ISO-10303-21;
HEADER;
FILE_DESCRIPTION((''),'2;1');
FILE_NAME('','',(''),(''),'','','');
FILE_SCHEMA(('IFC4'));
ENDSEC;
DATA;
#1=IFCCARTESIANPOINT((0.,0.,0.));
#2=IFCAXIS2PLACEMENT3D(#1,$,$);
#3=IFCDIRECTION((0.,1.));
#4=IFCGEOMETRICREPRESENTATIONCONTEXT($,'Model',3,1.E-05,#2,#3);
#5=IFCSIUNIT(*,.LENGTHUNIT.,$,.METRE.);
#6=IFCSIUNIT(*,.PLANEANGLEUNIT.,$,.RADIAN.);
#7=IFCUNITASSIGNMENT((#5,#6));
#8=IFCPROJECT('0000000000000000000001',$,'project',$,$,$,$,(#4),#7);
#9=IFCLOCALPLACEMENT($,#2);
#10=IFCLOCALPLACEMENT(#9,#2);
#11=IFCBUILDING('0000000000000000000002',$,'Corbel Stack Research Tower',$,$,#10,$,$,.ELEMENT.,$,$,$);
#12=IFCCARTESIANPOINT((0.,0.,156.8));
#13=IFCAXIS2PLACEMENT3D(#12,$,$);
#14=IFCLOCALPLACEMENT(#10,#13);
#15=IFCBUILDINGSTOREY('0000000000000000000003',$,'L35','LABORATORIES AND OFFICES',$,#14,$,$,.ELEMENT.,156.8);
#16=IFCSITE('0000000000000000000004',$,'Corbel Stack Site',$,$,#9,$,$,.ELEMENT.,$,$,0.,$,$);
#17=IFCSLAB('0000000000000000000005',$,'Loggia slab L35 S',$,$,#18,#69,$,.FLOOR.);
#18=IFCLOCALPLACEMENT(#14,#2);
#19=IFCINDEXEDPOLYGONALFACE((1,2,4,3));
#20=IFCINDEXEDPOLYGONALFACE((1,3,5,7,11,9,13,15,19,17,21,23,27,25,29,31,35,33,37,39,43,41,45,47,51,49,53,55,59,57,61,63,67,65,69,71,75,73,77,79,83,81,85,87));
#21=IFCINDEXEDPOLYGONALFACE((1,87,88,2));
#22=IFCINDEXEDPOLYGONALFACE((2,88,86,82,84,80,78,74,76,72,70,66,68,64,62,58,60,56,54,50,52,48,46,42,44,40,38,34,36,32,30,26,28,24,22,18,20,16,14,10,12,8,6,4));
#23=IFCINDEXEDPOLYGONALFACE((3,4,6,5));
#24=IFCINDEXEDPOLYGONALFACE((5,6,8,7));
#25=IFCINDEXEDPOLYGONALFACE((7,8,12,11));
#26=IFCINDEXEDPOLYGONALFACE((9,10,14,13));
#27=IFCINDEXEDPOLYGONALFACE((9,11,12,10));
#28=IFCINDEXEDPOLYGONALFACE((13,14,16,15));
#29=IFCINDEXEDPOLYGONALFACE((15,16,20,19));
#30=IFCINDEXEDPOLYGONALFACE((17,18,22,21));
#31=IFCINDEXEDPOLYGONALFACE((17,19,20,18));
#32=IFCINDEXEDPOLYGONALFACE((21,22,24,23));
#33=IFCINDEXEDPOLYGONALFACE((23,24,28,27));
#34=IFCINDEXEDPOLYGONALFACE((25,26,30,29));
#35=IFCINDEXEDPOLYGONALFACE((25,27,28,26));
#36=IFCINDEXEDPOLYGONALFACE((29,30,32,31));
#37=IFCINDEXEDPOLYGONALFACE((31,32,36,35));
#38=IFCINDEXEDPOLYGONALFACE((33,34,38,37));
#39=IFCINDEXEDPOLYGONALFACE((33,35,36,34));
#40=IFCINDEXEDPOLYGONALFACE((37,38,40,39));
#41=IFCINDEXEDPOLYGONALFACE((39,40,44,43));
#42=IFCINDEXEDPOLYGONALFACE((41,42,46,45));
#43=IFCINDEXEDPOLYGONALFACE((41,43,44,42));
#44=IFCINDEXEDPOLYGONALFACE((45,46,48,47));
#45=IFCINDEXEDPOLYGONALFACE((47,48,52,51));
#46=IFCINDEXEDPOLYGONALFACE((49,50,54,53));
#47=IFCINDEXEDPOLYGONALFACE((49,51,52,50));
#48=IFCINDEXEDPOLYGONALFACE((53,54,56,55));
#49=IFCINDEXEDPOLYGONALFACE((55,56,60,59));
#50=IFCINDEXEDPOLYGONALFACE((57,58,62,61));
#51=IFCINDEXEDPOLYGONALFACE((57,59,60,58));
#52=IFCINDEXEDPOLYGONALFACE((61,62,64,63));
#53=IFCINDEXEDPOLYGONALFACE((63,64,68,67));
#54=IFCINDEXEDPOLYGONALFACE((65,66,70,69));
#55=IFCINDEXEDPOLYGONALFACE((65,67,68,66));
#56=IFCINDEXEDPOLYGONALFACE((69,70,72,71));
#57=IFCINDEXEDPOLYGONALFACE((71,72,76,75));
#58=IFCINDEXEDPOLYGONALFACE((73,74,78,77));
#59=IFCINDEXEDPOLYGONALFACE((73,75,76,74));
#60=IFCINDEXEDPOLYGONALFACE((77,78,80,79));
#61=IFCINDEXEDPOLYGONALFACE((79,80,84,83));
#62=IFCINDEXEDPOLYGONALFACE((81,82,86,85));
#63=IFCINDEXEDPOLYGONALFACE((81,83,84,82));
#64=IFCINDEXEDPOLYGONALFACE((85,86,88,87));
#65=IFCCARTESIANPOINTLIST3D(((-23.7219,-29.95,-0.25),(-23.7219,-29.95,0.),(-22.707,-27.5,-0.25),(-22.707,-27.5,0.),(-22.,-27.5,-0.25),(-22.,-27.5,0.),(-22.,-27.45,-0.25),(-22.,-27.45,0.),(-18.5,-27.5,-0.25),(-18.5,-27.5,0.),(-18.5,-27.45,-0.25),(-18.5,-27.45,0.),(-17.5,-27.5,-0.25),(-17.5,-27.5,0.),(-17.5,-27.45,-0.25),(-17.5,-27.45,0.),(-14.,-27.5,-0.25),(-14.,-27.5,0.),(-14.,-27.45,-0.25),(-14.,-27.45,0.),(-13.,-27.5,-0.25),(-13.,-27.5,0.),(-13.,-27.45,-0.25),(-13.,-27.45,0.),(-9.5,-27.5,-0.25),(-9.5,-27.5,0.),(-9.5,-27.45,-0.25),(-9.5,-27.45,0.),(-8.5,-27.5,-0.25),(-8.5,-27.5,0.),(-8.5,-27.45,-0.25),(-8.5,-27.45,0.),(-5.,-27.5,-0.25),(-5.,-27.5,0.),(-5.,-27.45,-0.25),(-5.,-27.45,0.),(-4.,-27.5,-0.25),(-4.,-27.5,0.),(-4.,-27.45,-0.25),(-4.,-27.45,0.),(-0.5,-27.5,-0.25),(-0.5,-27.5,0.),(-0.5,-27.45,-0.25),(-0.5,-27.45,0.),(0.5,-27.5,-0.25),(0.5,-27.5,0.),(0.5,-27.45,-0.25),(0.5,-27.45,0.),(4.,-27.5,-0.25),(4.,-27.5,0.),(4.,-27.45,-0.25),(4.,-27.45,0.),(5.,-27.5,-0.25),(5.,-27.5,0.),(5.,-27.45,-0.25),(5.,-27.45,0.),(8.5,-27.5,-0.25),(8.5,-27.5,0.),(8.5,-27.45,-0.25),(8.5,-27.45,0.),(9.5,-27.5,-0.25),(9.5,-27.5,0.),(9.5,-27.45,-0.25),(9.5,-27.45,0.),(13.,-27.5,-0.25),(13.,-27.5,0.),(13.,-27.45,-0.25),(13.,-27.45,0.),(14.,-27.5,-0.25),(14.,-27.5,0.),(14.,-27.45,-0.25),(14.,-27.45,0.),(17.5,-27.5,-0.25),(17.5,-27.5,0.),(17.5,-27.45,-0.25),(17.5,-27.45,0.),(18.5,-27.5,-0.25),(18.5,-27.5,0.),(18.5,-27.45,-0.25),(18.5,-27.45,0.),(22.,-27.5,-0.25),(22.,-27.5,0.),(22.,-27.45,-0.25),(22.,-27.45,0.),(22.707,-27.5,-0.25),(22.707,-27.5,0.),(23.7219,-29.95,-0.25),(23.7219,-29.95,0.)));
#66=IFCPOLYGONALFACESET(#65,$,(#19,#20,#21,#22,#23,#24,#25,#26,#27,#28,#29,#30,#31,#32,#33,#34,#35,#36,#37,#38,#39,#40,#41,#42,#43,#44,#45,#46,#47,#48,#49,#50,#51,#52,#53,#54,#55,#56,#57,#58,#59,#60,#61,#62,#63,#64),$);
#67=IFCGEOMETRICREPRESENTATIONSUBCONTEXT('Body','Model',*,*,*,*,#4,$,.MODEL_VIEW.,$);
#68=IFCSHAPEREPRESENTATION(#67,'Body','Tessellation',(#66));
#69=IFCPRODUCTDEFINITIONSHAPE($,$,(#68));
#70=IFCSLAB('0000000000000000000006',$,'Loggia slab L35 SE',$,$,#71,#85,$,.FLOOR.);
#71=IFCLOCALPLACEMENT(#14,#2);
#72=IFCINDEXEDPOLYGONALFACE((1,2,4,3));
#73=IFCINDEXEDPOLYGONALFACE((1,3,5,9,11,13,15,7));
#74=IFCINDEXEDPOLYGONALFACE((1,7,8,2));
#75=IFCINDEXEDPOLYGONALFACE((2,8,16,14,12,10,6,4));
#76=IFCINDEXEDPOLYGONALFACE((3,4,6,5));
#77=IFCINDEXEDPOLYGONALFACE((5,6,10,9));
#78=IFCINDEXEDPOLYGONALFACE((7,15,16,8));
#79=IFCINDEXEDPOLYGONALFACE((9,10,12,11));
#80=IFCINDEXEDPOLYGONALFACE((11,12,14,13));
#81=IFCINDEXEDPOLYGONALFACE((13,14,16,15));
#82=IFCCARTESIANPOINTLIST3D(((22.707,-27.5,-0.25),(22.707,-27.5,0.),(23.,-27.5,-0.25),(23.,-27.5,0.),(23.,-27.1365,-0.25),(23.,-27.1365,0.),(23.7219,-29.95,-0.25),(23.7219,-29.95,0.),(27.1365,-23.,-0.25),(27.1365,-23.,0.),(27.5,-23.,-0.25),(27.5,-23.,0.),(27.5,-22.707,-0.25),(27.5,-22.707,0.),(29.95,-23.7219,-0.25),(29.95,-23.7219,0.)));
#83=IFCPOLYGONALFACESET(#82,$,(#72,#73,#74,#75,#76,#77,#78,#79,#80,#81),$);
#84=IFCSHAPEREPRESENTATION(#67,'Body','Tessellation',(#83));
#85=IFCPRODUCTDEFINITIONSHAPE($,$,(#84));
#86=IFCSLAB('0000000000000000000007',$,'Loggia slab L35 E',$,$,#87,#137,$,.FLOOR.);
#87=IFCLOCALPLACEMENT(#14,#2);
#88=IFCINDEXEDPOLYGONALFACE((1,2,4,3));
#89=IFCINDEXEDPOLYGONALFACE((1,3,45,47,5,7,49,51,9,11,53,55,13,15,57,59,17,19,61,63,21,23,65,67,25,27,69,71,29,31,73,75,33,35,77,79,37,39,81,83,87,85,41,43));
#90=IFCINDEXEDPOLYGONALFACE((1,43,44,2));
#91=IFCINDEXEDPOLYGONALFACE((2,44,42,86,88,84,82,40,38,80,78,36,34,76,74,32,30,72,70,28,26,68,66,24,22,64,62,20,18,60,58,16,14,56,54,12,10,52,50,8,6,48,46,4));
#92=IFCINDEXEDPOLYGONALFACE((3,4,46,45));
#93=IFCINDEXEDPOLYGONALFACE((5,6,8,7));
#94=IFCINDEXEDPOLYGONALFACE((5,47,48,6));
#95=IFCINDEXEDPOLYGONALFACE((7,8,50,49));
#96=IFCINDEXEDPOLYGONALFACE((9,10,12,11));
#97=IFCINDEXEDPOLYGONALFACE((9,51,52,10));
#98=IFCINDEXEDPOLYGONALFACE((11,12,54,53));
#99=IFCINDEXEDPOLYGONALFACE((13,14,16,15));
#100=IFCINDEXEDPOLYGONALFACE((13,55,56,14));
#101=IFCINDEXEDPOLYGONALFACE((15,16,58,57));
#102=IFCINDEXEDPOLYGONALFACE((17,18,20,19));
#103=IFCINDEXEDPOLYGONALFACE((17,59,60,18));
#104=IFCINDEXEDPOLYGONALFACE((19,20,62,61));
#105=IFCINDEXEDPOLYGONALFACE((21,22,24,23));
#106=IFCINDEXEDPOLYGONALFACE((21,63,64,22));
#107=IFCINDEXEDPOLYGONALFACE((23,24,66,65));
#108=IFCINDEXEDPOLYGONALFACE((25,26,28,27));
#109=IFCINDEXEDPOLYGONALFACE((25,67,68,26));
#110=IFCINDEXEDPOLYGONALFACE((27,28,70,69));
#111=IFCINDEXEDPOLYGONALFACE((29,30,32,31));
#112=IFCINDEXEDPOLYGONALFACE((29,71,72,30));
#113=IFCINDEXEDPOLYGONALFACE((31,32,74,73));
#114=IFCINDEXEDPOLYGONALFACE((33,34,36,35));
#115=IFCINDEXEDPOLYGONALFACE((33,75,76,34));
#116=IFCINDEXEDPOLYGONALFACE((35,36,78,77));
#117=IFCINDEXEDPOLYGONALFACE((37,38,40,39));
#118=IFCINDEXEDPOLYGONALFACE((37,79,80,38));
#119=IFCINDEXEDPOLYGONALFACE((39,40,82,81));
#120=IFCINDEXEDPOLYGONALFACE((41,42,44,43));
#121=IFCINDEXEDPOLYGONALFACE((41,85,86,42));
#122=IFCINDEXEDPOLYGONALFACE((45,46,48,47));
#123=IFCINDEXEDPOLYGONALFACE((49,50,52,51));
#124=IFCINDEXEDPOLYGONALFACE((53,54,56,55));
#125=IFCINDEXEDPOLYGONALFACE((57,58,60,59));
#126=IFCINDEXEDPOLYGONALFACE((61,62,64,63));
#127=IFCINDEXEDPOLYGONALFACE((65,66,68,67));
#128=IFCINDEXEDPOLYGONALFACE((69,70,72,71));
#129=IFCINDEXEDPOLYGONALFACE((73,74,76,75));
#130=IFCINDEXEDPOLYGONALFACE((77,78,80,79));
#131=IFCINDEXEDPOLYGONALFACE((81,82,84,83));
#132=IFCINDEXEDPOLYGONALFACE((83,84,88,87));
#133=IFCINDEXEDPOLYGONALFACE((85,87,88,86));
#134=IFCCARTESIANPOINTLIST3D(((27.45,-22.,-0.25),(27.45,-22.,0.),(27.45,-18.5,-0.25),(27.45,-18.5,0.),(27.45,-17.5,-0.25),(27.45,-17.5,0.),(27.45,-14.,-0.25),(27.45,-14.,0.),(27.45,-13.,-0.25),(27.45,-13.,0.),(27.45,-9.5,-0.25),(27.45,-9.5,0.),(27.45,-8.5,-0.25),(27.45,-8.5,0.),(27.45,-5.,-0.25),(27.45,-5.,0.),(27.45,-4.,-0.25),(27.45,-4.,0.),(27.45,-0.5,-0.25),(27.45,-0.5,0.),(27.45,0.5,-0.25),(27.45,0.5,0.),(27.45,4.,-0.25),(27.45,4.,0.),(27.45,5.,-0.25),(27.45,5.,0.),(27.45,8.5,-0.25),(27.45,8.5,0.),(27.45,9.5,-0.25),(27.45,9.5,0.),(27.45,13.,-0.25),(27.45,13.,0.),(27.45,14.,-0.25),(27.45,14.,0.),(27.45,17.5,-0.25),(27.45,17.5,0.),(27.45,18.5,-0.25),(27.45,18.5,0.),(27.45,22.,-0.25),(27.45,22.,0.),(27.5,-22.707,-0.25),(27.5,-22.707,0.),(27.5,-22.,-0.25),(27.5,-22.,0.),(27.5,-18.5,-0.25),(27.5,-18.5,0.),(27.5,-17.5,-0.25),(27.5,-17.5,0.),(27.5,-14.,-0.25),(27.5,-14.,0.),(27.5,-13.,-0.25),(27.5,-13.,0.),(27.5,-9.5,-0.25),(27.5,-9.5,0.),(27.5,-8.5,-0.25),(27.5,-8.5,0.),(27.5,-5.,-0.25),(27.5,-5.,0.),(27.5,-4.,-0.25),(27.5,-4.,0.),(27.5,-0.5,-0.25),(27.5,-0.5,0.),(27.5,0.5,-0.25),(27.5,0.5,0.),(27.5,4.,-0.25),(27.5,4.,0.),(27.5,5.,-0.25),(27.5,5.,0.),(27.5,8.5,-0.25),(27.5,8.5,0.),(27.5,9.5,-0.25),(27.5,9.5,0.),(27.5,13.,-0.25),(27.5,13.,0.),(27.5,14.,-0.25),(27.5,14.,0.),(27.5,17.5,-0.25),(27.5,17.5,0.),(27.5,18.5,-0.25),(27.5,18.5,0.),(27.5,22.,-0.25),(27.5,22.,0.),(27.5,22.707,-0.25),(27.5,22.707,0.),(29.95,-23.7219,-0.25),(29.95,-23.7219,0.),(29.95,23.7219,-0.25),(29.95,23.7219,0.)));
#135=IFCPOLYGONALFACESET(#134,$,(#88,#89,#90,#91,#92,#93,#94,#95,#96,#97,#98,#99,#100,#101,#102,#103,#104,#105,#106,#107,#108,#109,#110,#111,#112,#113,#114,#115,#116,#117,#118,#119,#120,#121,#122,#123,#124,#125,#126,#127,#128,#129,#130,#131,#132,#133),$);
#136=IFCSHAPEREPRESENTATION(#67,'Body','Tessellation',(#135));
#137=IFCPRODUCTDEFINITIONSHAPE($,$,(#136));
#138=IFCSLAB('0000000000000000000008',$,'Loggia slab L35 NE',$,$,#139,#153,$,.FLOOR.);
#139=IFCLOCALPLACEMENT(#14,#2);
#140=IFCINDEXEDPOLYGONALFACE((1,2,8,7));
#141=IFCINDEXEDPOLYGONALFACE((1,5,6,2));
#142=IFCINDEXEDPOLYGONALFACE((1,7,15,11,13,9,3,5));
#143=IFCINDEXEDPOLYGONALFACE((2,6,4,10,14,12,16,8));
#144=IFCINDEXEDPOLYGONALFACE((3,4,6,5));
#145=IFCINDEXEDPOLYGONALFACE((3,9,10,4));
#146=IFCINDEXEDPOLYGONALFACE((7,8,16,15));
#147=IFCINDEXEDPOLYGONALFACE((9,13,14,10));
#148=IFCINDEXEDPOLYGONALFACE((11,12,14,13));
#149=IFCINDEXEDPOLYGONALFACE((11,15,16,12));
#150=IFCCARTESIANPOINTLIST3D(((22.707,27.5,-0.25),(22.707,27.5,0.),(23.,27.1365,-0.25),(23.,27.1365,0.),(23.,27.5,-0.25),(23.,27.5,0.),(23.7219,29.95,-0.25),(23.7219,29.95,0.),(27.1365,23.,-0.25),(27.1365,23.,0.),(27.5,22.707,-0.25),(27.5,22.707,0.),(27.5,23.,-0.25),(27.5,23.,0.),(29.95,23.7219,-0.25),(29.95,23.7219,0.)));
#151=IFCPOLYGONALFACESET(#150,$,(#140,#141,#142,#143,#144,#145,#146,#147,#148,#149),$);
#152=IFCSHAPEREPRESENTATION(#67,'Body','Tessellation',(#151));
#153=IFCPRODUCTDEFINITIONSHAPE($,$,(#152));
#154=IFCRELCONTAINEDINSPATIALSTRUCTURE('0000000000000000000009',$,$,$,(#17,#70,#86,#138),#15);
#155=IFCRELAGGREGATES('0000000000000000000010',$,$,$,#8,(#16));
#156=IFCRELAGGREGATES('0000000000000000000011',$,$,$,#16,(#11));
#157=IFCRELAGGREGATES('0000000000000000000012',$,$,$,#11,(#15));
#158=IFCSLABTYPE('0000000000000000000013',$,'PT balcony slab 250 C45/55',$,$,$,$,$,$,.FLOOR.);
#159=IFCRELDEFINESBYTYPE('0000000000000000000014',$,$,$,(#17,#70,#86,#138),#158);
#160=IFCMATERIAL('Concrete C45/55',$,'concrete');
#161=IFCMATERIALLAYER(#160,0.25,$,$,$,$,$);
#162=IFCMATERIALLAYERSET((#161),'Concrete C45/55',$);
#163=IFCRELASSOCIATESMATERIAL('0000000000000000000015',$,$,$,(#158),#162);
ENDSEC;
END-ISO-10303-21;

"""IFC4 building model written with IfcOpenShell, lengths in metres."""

from ifc_helpers import new_model, si_unit, direction, frame, origin, place, context, subcontext, project, spatial, polyline, outline, extrude, material, layer, layer_set, type_object, element, save


model = new_model("IFC4")

# Units and contexts
model_context = context("Model", 3, precision=1e-05, world=origin(), true_north=direction((0.0, 1.0)))
body_context = subcontext(model_context, "Body", "Model", "MODEL_VIEW")
ifc_project = project(units=[si_unit("LENGTHUNIT", "METRE"), si_unit("PLANEANGLEUNIT", "RADIAN")], contexts=[model_context])

# Site, building, storey
site_placement = place(None, origin())
site = spatial("IfcSite", under=ifc_project, at=site_placement, Name="Corbel Stack Site", CompositionType="ELEMENT", RefElevation=0.0)
building_placement = place(site_placement, origin())
building = spatial("IfcBuilding", under=site, at=building_placement, Name="Corbel Stack Research Tower", CompositionType="ELEMENT")
storey_placement = place(building_placement, frame((0.0, 0.0, 156.8)))
storey = spatial("IfcBuildingStorey", under=building, at=storey_placement, Name="L35", Description="LABORATORIES AND OFFICES", CompositionType="ELEMENT", Elevation=156.8)

# Slabs
ifc_material_1 = material(Name="Concrete C45/55", Category="concrete")
ifc_layer_1 = layer(ifc_material_1, 0.25)
ifc_layer_set_1 = layer_set([ifc_layer_1], Name="Concrete C45/55")
slab_type_1 = type_object("IfcSlabType", Name="PT balcony slab 250 C45/55", PredefinedType="FLOOR", material=ifc_layer_set_1)
slab_1_placement = place(storey_placement, frame((0.0, 0.0, -0.25)))
element("IfcSlab", 1, at=slab_1_placement, inside=storey, type_object=slab_type_1, Name="Loggia slab L35 S", PredefinedType="FLOOR", context=body_context, shape_type="SweptSolid", body=[
    extrude(outline(polyline([(22.707, -27.5), (22.0, -27.5), (22.0, -27.45), (18.5, -27.45), (18.5, -27.5), (17.5, -27.5), (17.5, -27.45), (14.0, -27.45), (14.0, -27.5), (13.0, -27.5), (13.0, -27.45), (9.5, -27.45), (9.5, -27.5), (8.5, -27.5), (8.5, -27.45), (5.0, -27.45), (5.0, -27.5), (4.0, -27.5), (4.0, -27.45), (0.5, -27.45), (0.5, -27.5), (-0.5, -27.5), (-0.5, -27.45), (-4.0, -27.45), (-4.0, -27.5), (-5.0, -27.5), (-5.0, -27.45), (-8.5, -27.45), (-8.5, -27.5), (-9.5, -27.5), (-9.5, -27.45), (-13.0, -27.45), (-13.0, -27.5), (-14.0, -27.5), (-14.0, -27.45), (-17.5, -27.45), (-17.5, -27.5), (-18.5, -27.5), (-18.5, -27.45), (-22.0, -27.45), (-22.0, -27.5), (-22.707, -27.5), (-23.7219, -29.95), (23.7219, -29.95), (22.707, -27.5)])), origin(), (0.0, 0.0, 1.0), 0.25),
])
slab_2_placement = place(storey_placement, frame((0.0, 0.0, -0.25)))
element("IfcSlab", 2, at=slab_2_placement, inside=storey, type_object=slab_type_1, Name="Loggia slab L35 SE", PredefinedType="FLOOR", context=body_context, shape_type="SweptSolid", body=[
    extrude(outline(polyline([(27.5, -22.707), (27.5, -23.0), (27.1365, -23.0), (23.0, -27.1365), (23.0, -27.5), (22.707, -27.5), (23.7219, -29.95), (29.95, -23.7219), (27.5, -22.707)])), origin(), (0.0, 0.0, 1.0), 0.25),
])
slab_3_placement = place(storey_placement, frame((0.0, 0.0, -0.25)))
element("IfcSlab", 3, at=slab_3_placement, inside=storey, type_object=slab_type_1, Name="Loggia slab L35 E", PredefinedType="FLOOR", context=body_context, shape_type="SweptSolid", body=[
    extrude(outline(polyline([(27.5, 22.707), (27.5, 22.0), (27.45, 22.0), (27.45, 18.5), (27.5, 18.5), (27.5, 17.5), (27.45, 17.5), (27.45, 14.0), (27.5, 14.0), (27.5, 13.0), (27.45, 13.0), (27.45, 9.5), (27.5, 9.5), (27.5, 8.5), (27.45, 8.5), (27.45, 5.0), (27.5, 5.0), (27.5, 4.0), (27.45, 4.0), (27.45, 0.5), (27.5, 0.5), (27.5, -0.5), (27.45, -0.5), (27.45, -4.0), (27.5, -4.0), (27.5, -5.0), (27.45, -5.0), (27.45, -8.5), (27.5, -8.5), (27.5, -9.5), (27.45, -9.5), (27.45, -13.0), (27.5, -13.0), (27.5, -14.0), (27.45, -14.0), (27.45, -17.5), (27.5, -17.5), (27.5, -18.5), (27.45, -18.5), (27.45, -22.0), (27.5, -22.0), (27.5, -22.707), (29.95, -23.7219), (29.95, 23.7219), (27.5, 22.707)])), origin(), (0.0, 0.0, 1.0), 0.25),
])
slab_4_placement = place(storey_placement, frame((0.0, 0.0, -0.25)))
element("IfcSlab", 4, at=slab_4_placement, inside=storey, type_object=slab_type_1, Name="Loggia slab L35 NE", PredefinedType="FLOOR", context=body_context, shape_type="SweptSolid", body=[
    extrude(outline(polyline([(22.707, 27.5), (23.0, 27.5), (23.0, 27.1365), (27.1365, 23.0), (27.5, 23.0), (27.5, 22.707), (29.95, 23.7219), (23.7219, 29.95), (22.707, 27.5)])), origin(), (0.0, 0.0, 1.0), 0.25),
])

save(model, "model.ifc")
